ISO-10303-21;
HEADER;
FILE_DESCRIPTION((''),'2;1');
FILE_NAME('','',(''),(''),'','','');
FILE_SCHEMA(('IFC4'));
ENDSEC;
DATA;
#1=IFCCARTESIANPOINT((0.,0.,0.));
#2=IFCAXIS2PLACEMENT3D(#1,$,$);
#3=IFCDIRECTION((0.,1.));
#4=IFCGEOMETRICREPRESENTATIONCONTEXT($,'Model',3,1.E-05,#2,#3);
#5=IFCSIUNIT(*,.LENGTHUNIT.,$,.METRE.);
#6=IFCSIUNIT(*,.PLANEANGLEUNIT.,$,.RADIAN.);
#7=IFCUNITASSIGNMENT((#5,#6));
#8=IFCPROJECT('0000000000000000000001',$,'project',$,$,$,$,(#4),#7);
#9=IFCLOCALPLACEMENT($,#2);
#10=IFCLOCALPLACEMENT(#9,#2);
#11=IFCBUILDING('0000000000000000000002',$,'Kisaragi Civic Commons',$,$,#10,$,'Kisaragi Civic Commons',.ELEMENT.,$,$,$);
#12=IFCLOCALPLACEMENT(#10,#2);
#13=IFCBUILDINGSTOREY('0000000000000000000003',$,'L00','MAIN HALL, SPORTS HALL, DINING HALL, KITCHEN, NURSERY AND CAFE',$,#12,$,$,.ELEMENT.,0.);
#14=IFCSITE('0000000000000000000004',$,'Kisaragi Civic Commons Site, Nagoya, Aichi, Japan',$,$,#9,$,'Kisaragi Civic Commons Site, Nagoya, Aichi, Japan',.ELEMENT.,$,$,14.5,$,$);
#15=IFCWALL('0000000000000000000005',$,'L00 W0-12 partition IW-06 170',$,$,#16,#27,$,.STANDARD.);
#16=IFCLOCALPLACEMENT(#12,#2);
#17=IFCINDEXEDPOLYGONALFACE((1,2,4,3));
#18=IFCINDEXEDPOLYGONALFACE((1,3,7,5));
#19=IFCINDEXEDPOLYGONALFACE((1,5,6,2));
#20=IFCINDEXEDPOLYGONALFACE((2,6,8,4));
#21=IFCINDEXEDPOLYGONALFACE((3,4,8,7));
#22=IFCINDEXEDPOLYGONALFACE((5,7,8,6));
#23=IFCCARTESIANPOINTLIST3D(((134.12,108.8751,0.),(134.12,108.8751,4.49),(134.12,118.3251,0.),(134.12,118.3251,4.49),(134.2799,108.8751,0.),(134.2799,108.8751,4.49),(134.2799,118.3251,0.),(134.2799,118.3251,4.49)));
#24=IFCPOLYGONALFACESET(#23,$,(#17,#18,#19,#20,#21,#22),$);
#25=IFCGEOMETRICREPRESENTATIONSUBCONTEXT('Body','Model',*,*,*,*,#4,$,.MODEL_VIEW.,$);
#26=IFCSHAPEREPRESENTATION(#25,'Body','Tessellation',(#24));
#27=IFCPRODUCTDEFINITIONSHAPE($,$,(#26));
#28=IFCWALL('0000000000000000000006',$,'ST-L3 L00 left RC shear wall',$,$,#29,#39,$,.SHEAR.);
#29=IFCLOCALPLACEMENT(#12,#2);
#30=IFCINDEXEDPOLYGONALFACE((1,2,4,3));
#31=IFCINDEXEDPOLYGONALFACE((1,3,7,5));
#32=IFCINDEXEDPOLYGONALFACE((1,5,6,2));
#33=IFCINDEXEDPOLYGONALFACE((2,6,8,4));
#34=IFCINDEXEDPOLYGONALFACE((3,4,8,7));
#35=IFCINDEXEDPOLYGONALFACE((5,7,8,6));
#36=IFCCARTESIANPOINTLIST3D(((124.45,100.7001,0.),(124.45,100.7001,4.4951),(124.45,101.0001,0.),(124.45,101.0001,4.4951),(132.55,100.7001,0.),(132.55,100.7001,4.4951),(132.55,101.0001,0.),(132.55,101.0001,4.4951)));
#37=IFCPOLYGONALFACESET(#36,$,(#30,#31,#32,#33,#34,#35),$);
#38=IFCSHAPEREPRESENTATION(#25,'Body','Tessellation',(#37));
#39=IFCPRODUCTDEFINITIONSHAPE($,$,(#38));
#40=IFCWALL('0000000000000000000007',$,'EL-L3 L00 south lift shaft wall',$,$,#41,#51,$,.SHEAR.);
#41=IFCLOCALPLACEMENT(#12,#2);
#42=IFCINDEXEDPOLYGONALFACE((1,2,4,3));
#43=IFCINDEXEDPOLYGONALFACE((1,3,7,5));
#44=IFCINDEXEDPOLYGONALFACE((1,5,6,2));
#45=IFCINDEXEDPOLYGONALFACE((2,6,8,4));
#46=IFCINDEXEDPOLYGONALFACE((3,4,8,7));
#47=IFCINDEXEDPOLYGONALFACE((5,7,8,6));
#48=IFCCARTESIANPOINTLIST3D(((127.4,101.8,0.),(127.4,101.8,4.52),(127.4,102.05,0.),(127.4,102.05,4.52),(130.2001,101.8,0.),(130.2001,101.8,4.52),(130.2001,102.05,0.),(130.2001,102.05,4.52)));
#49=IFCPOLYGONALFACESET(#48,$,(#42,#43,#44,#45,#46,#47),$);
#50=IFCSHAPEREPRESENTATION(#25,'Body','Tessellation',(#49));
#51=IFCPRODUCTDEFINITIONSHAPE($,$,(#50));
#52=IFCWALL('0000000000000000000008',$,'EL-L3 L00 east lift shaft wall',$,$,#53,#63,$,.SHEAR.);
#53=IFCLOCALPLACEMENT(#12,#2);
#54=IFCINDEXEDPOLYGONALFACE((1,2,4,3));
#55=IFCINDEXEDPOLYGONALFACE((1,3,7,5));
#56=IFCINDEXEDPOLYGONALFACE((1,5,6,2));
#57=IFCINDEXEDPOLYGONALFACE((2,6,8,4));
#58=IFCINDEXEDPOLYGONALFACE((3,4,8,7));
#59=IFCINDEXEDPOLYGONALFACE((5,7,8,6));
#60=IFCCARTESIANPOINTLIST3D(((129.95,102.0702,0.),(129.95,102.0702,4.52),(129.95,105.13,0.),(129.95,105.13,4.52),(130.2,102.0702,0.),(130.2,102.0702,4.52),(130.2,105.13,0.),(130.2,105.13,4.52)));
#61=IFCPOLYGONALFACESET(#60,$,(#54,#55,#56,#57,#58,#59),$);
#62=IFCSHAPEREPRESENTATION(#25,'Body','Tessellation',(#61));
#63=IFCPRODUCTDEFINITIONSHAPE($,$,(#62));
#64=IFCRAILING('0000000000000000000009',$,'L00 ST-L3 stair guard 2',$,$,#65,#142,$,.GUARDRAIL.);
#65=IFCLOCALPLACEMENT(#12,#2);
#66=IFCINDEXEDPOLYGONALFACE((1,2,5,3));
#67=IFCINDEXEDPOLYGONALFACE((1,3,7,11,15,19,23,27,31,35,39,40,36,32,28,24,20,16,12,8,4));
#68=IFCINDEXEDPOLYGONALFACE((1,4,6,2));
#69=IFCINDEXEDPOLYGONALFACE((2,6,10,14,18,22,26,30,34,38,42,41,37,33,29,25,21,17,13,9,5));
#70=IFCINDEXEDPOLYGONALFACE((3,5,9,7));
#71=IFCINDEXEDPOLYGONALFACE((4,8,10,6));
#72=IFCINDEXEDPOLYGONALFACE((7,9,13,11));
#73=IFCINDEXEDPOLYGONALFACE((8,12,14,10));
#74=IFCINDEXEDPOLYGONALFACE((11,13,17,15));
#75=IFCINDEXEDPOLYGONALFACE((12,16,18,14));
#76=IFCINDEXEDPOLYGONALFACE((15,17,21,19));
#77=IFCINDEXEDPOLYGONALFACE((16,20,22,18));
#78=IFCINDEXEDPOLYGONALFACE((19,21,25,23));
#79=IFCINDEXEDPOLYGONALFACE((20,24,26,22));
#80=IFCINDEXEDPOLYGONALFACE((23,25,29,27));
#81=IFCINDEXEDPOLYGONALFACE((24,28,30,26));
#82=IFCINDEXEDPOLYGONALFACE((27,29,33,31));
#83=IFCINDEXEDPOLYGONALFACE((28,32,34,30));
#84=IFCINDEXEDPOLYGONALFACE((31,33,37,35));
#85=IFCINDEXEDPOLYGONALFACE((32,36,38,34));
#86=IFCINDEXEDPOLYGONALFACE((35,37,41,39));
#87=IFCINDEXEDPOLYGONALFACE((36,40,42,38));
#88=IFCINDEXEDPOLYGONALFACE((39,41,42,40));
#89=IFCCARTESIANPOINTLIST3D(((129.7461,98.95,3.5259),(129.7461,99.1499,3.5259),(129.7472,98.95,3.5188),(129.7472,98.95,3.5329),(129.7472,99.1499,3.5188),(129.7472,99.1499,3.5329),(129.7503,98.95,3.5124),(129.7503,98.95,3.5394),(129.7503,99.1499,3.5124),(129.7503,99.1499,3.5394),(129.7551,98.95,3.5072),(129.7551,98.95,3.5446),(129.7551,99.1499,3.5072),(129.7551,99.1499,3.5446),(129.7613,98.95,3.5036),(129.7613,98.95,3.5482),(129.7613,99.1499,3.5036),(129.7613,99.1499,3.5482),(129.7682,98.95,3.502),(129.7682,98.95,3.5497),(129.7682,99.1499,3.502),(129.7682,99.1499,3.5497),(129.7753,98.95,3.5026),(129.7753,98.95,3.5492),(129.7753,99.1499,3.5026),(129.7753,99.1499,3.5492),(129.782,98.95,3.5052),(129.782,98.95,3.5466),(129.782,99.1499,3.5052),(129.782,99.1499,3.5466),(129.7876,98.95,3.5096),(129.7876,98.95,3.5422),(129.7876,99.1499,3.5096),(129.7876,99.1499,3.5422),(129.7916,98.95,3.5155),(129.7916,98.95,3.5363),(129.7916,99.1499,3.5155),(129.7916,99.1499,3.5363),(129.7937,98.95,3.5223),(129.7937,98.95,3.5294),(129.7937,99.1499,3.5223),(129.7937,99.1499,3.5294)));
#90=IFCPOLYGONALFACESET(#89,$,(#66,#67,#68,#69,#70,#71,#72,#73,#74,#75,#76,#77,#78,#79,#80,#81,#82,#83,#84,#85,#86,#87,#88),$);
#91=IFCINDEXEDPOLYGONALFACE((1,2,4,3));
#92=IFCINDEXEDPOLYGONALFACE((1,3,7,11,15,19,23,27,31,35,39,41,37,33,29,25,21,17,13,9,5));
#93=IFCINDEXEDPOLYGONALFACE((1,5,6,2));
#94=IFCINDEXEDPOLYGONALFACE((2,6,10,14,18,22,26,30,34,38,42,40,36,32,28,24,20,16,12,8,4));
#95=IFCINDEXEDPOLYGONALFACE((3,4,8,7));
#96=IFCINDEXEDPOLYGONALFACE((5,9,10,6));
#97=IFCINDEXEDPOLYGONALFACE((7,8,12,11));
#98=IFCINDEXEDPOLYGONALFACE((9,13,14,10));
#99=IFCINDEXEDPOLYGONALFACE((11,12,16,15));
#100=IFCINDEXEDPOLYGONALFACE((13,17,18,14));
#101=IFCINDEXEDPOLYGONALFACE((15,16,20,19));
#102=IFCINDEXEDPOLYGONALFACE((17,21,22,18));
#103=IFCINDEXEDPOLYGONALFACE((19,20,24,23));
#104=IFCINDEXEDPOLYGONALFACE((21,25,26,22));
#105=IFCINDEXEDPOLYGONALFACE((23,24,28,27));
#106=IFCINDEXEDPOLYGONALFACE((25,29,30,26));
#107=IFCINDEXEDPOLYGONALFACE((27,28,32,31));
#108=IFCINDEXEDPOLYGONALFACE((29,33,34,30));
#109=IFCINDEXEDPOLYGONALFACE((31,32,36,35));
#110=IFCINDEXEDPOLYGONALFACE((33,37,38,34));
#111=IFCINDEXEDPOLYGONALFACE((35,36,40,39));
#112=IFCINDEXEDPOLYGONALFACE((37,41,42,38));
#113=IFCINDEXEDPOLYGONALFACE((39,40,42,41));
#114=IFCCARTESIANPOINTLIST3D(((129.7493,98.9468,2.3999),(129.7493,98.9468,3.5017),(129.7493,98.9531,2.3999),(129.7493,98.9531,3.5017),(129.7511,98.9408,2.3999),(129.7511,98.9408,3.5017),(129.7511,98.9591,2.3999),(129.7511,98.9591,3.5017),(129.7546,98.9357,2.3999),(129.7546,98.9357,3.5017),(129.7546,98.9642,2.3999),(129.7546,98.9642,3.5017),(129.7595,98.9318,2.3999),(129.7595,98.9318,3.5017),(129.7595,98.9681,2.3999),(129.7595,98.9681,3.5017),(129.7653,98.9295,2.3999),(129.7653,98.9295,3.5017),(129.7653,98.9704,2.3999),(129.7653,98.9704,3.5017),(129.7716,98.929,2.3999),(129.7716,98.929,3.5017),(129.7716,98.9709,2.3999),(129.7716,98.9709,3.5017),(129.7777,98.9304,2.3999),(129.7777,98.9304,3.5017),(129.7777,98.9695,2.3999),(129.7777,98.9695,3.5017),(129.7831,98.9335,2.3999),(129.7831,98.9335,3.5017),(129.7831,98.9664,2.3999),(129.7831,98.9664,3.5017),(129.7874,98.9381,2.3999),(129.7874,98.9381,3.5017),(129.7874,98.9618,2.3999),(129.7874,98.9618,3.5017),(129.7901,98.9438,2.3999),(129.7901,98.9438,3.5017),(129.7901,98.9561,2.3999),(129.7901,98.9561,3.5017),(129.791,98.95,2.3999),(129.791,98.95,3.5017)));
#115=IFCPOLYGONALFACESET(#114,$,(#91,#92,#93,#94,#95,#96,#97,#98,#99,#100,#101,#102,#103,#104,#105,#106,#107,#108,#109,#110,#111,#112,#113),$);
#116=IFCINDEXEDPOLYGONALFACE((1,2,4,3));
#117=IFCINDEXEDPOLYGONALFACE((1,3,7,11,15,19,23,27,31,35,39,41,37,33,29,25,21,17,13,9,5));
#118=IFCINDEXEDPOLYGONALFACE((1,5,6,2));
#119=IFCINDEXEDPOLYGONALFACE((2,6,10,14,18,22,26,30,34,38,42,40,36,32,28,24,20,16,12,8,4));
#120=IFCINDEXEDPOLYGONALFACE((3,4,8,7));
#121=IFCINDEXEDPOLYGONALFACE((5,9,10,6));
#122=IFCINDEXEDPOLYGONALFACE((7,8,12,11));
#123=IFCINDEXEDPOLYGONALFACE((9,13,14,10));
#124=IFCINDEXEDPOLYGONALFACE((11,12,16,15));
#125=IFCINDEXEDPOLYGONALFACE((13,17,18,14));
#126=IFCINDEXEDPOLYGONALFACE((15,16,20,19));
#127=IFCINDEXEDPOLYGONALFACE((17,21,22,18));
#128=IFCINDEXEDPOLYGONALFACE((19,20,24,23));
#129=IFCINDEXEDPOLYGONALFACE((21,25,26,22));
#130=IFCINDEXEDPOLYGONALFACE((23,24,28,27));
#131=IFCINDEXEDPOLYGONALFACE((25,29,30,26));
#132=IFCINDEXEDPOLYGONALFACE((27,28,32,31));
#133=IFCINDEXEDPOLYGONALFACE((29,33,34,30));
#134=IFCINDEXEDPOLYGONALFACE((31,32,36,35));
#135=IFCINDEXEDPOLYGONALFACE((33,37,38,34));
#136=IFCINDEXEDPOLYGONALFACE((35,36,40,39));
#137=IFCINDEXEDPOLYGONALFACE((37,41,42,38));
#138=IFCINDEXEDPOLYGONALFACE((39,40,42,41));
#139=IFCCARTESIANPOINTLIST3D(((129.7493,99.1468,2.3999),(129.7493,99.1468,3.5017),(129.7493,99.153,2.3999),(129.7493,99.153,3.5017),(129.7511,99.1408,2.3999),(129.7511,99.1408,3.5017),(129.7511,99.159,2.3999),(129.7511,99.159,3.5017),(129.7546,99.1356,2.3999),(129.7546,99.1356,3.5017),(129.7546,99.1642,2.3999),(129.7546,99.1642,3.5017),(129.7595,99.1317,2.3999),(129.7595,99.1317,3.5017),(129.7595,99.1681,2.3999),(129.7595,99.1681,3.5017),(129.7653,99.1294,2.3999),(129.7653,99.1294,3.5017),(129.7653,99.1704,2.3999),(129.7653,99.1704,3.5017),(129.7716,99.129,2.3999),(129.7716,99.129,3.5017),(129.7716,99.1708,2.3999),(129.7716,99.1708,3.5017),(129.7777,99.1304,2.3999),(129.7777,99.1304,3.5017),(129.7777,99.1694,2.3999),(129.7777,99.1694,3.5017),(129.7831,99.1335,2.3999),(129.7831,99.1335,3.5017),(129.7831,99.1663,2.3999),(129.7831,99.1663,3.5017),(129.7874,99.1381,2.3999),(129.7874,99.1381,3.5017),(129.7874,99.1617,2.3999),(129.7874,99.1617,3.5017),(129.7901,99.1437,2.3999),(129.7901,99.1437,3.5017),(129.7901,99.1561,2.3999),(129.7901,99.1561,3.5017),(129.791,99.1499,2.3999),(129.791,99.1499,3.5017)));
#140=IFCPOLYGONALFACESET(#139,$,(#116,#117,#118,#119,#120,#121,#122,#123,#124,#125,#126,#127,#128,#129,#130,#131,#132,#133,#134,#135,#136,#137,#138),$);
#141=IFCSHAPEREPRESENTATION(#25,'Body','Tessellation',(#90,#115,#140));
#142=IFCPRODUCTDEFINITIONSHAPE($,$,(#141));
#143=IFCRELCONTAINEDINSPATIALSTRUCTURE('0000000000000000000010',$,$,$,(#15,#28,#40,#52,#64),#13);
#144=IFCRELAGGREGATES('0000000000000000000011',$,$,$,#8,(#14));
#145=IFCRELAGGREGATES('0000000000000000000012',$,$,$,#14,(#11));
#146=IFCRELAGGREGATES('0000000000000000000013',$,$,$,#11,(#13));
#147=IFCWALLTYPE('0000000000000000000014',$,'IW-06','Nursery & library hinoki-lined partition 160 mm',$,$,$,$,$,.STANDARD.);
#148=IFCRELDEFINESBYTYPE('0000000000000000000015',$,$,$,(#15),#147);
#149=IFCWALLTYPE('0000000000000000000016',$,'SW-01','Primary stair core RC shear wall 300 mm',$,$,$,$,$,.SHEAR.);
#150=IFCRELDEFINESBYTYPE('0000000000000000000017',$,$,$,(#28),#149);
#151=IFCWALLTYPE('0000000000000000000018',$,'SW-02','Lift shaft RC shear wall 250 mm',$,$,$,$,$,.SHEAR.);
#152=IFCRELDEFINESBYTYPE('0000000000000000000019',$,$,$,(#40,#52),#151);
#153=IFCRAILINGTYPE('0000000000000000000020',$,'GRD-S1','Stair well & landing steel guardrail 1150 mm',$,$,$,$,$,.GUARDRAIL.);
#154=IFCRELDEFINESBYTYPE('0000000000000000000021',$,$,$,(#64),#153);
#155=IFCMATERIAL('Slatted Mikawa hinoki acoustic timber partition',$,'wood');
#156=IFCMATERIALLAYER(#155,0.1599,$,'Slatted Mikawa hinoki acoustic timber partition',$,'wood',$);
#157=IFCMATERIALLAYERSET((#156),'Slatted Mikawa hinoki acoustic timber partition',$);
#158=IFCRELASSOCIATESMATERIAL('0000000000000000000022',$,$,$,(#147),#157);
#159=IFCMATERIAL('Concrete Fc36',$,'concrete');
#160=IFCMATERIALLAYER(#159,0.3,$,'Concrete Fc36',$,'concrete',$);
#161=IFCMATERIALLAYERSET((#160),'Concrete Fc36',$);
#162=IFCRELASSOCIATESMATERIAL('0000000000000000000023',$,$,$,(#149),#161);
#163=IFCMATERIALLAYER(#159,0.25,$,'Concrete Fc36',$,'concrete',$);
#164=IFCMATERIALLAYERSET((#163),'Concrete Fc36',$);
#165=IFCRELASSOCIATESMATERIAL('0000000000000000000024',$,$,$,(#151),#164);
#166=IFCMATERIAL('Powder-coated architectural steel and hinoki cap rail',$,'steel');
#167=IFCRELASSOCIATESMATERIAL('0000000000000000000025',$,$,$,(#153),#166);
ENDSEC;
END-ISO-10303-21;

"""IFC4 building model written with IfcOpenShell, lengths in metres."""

from ifc_helpers import new_model, si_unit, direction, frame, frame_2d, origin, origin_2d, place, context, subcontext, project, spatial, rectangle, circle, extrude, material, layer, layer_set, type_object, element, save


model = new_model("IFC4")

# Units and contexts
model_context = context("Model", 3, precision=1e-05, world=origin(), true_north=direction((0.0, 1.0)))
body_context = subcontext(model_context, "Body", "Model", "MODEL_VIEW")
ifc_project = project(units=[si_unit("LENGTHUNIT", "METRE"), si_unit("PLANEANGLEUNIT", "RADIAN")], contexts=[model_context])

# Site, building, storey
site_placement = place(None, origin())
site = spatial("IfcSite", under=ifc_project, at=site_placement, Name="Kisaragi Civic Commons Site, Nagoya, Aichi, Japan", LongName="Kisaragi Civic Commons Site, Nagoya, Aichi, Japan", CompositionType="ELEMENT", RefElevation=14.5)
building_placement = place(site_placement, origin())
building = spatial("IfcBuilding", under=site, at=building_placement, Name="Kisaragi Civic Commons", LongName="Kisaragi Civic Commons", CompositionType="ELEMENT")
storey_placement = place(building_placement, origin())
storey = spatial("IfcBuildingStorey", under=building, at=storey_placement, Name="L00", Description="MAIN HALL, SPORTS HALL, DINING HALL, KITCHEN, NURSERY AND CAFE", CompositionType="ELEMENT", Elevation=0.0)

# Shared definitions
ifc_material_1 = material(Name="Concrete Fc36", Category="concrete")

# Shared definitions
ifc_material_2 = material(Name="Slatted Mikawa hinoki acoustic timber partition", Category="wood")
ifc_layer_1 = layer(ifc_material_2, 0.1599, Name="Slatted Mikawa hinoki acoustic timber partition", Category="wood")
ifc_layer_set_1 = layer_set([ifc_layer_1], Name="Slatted Mikawa hinoki acoustic timber partition")
wall_type_1 = type_object("IfcWallType", Name="IW-06", Description="Nursery & library hinoki-lined partition 160 mm", PredefinedType="STANDARD", material=ifc_layer_set_1)

# Walls
wall_1_placement = place(storey_placement, frame((134.2, 108.875, 0.0), z_axis=(0.0, 0.0, 1.0), x_axis=(0.0, 1.0, 0.0)))
element("IfcWall", 1, at=wall_1_placement, inside=storey, type_object=wall_type_1, Name="L00 W0-12 partition IW-06 170", PredefinedType="STANDARD", context=body_context, shape_type="SweptSolid", body=[
    extrude(rectangle(XDim=9.45, YDim=0.1599, at=frame_2d((4.7251, 0.0))), origin(), (0.0, 0.0, 1.0), 4.49),
])
ifc_layer_2 = layer(ifc_material_1, 0.3, Name="Concrete Fc36", Category="concrete")
ifc_layer_set_2 = layer_set([ifc_layer_2], Name="Concrete Fc36")
wall_type_2 = type_object("IfcWallType", Name="SW-01", Description="Primary stair core RC shear wall 300 mm", PredefinedType="SHEAR", material=ifc_layer_set_2)
wall_2_placement = place(storey_placement, frame((132.55, 100.8501, 0.0), z_axis=(0.0, 0.0, 1.0), x_axis=(-1.0, 0.0, 0.0)))
element("IfcWall", 2, at=wall_2_placement, inside=storey, type_object=wall_type_2, Name="ST-L3 L00 left RC shear wall", PredefinedType="SHEAR", context=body_context, shape_type="SweptSolid", body=[
    extrude(rectangle(XDim=8.1001, YDim=0.3, at=frame_2d((4.05, 0.0))), origin(), (0.0, 0.0, 1.0), 4.4951),
])
ifc_layer_3 = layer(ifc_material_1, 0.25, Name="Concrete Fc36", Category="concrete")
ifc_layer_set_3 = layer_set([ifc_layer_3], Name="Concrete Fc36")
wall_type_3 = type_object("IfcWallType", Name="SW-02", Description="Lift shaft RC shear wall 250 mm", PredefinedType="SHEAR", material=ifc_layer_set_3)
wall_3_placement = place(storey_placement, frame((130.2, 101.925, 0.0), z_axis=(0.0, 0.0, 1.0), x_axis=(-1.0, 0.0, 0.0)))
element("IfcWall", 3, at=wall_3_placement, inside=storey, type_object=wall_type_3, Name="EL-L3 L00 south lift shaft wall", PredefinedType="SHEAR", context=body_context, shape_type="SweptSolid", body=[
    extrude(rectangle(XDim=2.8, YDim=0.25, at=frame_2d((1.3999, 0.0))), origin(), (0.0, 0.0, 1.0), 4.52),
])
wall_4_placement = place(storey_placement, frame((130.075, 105.1299, 0.0), z_axis=(0.0, 0.0, 1.0), x_axis=(0.0, -1.0, 0.0)))
element("IfcWall", 4, at=wall_4_placement, inside=storey, type_object=wall_type_3, Name="EL-L3 L00 east lift shaft wall", PredefinedType="SHEAR", context=body_context, shape_type="SweptSolid", body=[
    extrude(rectangle(XDim=3.0598, YDim=0.25, at=frame_2d((1.5298, 0.0))), origin(), (0.0, 0.0, 1.0), 4.52),
])

# Railing
ifc_material_3 = material(Name="Powder-coated architectural steel and hinoki cap rail", Category="steel")
railing_type = type_object("IfcRailingType", Name="GRD-S1", Description="Stair well & landing steel guardrail 1150 mm", PredefinedType="GUARDRAIL", material=ifc_material_3)
railing_placement = place(storey_placement, frame((129.77, 98.95, 2.3999)))
element("IfcRailing", 5, at=railing_placement, inside=storey, type_object=railing_type, Name="L00 ST-L3 stair guard 2", PredefinedType="GUARDRAIL", context=body_context, shape_type="SweptSolid", body=[
    extrude(circle(Radius=0.0239, at=origin_2d()), frame((0.0, 0.0, 1.126), z_axis=(0.0, 1.0, 0.0), x_axis=(-1.0, 0.0, 0.0)), (0.0, 0.0, 1.0), 0.2),
    extrude(circle(Radius=0.021, at=origin_2d()), origin(), (0.0, 0.0, 1.0), 1.1018),
    extrude(circle(Radius=0.021, at=origin_2d()), frame((0.0, 0.2, 0.0)), (0.0, 0.0, 1.0), 1.1018),
])

save(model, "model.ifc")
